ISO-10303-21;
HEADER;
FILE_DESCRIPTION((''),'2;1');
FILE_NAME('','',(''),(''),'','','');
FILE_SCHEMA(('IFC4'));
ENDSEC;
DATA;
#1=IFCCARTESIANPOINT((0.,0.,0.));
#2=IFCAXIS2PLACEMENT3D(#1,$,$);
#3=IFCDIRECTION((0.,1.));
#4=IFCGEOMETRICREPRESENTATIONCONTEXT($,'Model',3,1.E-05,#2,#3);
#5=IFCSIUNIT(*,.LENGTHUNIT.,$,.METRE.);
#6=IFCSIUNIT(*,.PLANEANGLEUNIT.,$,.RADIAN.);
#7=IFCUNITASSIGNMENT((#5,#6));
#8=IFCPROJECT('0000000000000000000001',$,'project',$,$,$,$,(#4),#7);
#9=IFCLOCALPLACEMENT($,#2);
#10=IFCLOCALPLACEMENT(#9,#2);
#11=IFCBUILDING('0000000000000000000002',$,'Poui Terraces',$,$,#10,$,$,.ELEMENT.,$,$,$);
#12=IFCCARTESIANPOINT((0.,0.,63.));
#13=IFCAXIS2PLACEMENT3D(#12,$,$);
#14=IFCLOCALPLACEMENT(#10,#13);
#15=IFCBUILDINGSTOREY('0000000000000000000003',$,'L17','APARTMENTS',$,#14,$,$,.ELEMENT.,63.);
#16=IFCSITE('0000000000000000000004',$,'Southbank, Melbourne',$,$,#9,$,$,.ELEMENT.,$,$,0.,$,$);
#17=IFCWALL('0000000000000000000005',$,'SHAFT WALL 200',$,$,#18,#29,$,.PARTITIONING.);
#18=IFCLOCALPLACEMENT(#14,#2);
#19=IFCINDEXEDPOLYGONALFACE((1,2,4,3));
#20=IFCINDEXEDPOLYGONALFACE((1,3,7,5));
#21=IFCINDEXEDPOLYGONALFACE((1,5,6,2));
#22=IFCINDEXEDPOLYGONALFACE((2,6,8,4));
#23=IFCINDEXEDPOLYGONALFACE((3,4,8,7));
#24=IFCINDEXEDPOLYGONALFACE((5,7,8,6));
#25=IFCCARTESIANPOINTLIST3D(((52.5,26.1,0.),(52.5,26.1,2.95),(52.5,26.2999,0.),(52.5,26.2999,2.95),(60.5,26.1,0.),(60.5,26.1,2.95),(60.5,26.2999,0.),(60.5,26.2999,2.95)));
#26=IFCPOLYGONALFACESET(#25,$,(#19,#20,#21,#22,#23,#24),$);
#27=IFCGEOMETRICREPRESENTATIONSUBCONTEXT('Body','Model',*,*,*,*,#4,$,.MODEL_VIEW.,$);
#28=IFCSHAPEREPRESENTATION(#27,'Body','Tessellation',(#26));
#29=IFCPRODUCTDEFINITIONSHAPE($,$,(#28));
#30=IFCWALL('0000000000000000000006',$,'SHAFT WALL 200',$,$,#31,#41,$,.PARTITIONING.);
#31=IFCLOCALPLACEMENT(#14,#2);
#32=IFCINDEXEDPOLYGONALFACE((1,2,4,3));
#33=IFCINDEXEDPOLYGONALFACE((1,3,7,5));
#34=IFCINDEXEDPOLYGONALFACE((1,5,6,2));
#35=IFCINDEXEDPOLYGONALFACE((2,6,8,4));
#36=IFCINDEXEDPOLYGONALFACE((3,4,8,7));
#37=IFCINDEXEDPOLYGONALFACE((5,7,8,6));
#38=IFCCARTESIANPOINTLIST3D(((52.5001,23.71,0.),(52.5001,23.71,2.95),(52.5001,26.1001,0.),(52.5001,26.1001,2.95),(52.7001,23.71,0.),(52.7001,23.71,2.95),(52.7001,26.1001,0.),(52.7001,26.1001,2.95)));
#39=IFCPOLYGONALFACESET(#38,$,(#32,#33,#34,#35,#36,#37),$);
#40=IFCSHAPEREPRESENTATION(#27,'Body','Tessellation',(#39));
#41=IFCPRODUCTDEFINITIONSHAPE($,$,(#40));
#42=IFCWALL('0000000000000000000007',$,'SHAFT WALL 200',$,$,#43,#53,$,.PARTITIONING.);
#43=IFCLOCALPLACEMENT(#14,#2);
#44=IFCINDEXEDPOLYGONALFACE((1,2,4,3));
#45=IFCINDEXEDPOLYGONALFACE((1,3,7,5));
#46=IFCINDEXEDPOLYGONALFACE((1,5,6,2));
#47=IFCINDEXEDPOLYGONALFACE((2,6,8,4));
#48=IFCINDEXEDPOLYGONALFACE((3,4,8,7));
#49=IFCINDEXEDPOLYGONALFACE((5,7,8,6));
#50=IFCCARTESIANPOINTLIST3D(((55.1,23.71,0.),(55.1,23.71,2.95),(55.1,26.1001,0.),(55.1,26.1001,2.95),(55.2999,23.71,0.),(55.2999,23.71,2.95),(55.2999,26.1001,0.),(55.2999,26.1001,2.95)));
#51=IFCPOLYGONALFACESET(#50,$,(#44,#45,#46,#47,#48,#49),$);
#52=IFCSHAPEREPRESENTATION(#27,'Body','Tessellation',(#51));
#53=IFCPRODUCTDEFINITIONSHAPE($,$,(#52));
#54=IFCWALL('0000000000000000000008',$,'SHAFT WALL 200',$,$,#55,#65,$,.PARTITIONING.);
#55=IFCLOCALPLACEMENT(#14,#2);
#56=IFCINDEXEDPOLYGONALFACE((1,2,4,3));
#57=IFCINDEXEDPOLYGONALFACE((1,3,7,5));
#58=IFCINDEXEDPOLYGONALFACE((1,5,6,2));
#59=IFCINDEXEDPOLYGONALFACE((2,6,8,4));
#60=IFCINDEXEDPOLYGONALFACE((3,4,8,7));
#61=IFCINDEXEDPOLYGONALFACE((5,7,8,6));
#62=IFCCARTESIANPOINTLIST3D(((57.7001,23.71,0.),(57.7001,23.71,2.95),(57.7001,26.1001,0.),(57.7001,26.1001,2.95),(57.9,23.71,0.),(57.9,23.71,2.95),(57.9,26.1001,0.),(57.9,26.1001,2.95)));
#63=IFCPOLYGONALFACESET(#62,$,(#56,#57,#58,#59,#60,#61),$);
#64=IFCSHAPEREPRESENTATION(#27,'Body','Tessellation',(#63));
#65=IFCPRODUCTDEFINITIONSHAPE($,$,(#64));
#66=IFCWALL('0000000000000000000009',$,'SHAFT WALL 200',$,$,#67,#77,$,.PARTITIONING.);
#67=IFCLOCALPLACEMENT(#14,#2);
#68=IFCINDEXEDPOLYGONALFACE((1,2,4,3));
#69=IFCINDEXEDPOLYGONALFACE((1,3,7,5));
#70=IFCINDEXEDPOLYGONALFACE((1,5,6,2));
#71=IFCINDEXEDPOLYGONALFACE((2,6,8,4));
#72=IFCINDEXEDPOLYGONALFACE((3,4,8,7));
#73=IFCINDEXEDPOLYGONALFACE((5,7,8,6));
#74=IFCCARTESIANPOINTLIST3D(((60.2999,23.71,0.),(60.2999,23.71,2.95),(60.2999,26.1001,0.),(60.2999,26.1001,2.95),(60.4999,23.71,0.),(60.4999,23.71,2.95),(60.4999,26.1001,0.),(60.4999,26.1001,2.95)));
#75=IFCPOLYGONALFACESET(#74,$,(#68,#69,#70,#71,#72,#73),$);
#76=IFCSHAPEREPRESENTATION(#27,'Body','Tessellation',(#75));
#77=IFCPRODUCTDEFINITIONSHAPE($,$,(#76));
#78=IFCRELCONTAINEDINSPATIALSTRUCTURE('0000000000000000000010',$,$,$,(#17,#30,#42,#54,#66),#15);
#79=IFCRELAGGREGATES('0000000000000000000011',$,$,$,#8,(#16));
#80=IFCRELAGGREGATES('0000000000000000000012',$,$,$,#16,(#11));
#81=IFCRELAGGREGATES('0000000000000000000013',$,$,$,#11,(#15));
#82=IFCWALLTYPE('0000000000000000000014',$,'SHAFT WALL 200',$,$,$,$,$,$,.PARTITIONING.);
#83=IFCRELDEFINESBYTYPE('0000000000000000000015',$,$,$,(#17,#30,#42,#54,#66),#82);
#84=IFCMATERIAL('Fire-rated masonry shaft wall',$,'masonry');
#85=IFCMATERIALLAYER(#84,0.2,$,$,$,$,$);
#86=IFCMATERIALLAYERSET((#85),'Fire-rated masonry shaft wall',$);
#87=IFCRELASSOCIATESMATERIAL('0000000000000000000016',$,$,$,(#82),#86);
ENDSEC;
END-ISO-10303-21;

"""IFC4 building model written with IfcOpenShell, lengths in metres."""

from ifc_helpers import new_model, si_unit, direction, frame, frame_2d, origin, place, context, subcontext, project, spatial, rectangle, extrude, material, layer, layer_set, type_object, element, save


model = new_model("IFC4")

# Units and contexts
model_context = context("Model", 3, precision=1e-05, world=origin(), true_north=direction((0.0, 1.0)))
body_context = subcontext(model_context, "Body", "Model", "MODEL_VIEW")
ifc_project = project(units=[si_unit("LENGTHUNIT", "METRE"), si_unit("PLANEANGLEUNIT", "RADIAN")], contexts=[model_context])

# Site, building, storey
site_placement = place(None, origin())
site = spatial("IfcSite", under=ifc_project, at=site_placement, Name="Southbank, Melbourne", CompositionType="ELEMENT", RefElevation=0.0)
building_placement = place(site_placement, origin())
building = spatial("IfcBuilding", under=site, at=building_placement, Name="Poui Terraces", CompositionType="ELEMENT")
storey_placement = place(building_placement, frame((0.0, 0.0, 63.0)))
storey = spatial("IfcBuildingStorey", under=building, at=storey_placement, Name="L17", Description="APARTMENTS", CompositionType="ELEMENT", Elevation=63.0)

# Walls
ifc_material_1 = material(Name="Fire-rated masonry shaft wall", Category="masonry")
ifc_layer_1 = layer(ifc_material_1, 0.2)
ifc_layer_set_1 = layer_set([ifc_layer_1], Name="Fire-rated masonry shaft wall")
wall_type_1 = type_object("IfcWallType", Name="SHAFT WALL 200", PredefinedType="PARTITIONING", material=ifc_layer_set_1)
wall_1_placement = place(storey_placement, frame((52.5, 26.2, 0.0), z_axis=(0.0, 0.0, 1.0), x_axis=(1.0, 0.0, 0.0)))
element("IfcWall", 1, at=wall_1_placement, inside=storey, type_object=wall_type_1, Name="SHAFT WALL 200", PredefinedType="PARTITIONING", context=body_context, shape_type="SweptSolid", body=[
    extrude(rectangle(XDim=8.0, YDim=0.2, at=frame_2d((4.0, 0.0))), origin(), (0.0, 0.0, 1.0), 2.95),
])
for number, where, z_axis, x_axis, name in (
    (2, (52.6001, 23.71, 0.0), (0.0, 0.0, 1.0), (0.0, 1.0, 0.0), "SHAFT WALL 200"),
    (3, (55.2, 23.71, 0.0), (0.0, 0.0, 1.0), (0.0, 1.0, 0.0), "SHAFT WALL 200"),
    (4, (57.8, 23.71, 0.0), (0.0, 0.0, 1.0), (0.0, 1.0, 0.0), "SHAFT WALL 200"),
    (5, (60.3999, 23.71, 0.0), (0.0, 0.0, 1.0), (0.0, 1.0, 0.0), "SHAFT WALL 200"),
):
    element("IfcWall", number, at=place(storey_placement, frame(where, z_axis=z_axis, x_axis=x_axis)), inside=storey, type_object=wall_type_1, Name=name, PredefinedType="PARTITIONING", context=body_context, shape_type="SweptSolid", body=[
        extrude(rectangle(XDim=2.3901, YDim=0.2, at=frame_2d((1.1951, 0.0))), origin(), (0.0, 0.0, 1.0), 2.95),
    ])

save(model, "model.ifc")
